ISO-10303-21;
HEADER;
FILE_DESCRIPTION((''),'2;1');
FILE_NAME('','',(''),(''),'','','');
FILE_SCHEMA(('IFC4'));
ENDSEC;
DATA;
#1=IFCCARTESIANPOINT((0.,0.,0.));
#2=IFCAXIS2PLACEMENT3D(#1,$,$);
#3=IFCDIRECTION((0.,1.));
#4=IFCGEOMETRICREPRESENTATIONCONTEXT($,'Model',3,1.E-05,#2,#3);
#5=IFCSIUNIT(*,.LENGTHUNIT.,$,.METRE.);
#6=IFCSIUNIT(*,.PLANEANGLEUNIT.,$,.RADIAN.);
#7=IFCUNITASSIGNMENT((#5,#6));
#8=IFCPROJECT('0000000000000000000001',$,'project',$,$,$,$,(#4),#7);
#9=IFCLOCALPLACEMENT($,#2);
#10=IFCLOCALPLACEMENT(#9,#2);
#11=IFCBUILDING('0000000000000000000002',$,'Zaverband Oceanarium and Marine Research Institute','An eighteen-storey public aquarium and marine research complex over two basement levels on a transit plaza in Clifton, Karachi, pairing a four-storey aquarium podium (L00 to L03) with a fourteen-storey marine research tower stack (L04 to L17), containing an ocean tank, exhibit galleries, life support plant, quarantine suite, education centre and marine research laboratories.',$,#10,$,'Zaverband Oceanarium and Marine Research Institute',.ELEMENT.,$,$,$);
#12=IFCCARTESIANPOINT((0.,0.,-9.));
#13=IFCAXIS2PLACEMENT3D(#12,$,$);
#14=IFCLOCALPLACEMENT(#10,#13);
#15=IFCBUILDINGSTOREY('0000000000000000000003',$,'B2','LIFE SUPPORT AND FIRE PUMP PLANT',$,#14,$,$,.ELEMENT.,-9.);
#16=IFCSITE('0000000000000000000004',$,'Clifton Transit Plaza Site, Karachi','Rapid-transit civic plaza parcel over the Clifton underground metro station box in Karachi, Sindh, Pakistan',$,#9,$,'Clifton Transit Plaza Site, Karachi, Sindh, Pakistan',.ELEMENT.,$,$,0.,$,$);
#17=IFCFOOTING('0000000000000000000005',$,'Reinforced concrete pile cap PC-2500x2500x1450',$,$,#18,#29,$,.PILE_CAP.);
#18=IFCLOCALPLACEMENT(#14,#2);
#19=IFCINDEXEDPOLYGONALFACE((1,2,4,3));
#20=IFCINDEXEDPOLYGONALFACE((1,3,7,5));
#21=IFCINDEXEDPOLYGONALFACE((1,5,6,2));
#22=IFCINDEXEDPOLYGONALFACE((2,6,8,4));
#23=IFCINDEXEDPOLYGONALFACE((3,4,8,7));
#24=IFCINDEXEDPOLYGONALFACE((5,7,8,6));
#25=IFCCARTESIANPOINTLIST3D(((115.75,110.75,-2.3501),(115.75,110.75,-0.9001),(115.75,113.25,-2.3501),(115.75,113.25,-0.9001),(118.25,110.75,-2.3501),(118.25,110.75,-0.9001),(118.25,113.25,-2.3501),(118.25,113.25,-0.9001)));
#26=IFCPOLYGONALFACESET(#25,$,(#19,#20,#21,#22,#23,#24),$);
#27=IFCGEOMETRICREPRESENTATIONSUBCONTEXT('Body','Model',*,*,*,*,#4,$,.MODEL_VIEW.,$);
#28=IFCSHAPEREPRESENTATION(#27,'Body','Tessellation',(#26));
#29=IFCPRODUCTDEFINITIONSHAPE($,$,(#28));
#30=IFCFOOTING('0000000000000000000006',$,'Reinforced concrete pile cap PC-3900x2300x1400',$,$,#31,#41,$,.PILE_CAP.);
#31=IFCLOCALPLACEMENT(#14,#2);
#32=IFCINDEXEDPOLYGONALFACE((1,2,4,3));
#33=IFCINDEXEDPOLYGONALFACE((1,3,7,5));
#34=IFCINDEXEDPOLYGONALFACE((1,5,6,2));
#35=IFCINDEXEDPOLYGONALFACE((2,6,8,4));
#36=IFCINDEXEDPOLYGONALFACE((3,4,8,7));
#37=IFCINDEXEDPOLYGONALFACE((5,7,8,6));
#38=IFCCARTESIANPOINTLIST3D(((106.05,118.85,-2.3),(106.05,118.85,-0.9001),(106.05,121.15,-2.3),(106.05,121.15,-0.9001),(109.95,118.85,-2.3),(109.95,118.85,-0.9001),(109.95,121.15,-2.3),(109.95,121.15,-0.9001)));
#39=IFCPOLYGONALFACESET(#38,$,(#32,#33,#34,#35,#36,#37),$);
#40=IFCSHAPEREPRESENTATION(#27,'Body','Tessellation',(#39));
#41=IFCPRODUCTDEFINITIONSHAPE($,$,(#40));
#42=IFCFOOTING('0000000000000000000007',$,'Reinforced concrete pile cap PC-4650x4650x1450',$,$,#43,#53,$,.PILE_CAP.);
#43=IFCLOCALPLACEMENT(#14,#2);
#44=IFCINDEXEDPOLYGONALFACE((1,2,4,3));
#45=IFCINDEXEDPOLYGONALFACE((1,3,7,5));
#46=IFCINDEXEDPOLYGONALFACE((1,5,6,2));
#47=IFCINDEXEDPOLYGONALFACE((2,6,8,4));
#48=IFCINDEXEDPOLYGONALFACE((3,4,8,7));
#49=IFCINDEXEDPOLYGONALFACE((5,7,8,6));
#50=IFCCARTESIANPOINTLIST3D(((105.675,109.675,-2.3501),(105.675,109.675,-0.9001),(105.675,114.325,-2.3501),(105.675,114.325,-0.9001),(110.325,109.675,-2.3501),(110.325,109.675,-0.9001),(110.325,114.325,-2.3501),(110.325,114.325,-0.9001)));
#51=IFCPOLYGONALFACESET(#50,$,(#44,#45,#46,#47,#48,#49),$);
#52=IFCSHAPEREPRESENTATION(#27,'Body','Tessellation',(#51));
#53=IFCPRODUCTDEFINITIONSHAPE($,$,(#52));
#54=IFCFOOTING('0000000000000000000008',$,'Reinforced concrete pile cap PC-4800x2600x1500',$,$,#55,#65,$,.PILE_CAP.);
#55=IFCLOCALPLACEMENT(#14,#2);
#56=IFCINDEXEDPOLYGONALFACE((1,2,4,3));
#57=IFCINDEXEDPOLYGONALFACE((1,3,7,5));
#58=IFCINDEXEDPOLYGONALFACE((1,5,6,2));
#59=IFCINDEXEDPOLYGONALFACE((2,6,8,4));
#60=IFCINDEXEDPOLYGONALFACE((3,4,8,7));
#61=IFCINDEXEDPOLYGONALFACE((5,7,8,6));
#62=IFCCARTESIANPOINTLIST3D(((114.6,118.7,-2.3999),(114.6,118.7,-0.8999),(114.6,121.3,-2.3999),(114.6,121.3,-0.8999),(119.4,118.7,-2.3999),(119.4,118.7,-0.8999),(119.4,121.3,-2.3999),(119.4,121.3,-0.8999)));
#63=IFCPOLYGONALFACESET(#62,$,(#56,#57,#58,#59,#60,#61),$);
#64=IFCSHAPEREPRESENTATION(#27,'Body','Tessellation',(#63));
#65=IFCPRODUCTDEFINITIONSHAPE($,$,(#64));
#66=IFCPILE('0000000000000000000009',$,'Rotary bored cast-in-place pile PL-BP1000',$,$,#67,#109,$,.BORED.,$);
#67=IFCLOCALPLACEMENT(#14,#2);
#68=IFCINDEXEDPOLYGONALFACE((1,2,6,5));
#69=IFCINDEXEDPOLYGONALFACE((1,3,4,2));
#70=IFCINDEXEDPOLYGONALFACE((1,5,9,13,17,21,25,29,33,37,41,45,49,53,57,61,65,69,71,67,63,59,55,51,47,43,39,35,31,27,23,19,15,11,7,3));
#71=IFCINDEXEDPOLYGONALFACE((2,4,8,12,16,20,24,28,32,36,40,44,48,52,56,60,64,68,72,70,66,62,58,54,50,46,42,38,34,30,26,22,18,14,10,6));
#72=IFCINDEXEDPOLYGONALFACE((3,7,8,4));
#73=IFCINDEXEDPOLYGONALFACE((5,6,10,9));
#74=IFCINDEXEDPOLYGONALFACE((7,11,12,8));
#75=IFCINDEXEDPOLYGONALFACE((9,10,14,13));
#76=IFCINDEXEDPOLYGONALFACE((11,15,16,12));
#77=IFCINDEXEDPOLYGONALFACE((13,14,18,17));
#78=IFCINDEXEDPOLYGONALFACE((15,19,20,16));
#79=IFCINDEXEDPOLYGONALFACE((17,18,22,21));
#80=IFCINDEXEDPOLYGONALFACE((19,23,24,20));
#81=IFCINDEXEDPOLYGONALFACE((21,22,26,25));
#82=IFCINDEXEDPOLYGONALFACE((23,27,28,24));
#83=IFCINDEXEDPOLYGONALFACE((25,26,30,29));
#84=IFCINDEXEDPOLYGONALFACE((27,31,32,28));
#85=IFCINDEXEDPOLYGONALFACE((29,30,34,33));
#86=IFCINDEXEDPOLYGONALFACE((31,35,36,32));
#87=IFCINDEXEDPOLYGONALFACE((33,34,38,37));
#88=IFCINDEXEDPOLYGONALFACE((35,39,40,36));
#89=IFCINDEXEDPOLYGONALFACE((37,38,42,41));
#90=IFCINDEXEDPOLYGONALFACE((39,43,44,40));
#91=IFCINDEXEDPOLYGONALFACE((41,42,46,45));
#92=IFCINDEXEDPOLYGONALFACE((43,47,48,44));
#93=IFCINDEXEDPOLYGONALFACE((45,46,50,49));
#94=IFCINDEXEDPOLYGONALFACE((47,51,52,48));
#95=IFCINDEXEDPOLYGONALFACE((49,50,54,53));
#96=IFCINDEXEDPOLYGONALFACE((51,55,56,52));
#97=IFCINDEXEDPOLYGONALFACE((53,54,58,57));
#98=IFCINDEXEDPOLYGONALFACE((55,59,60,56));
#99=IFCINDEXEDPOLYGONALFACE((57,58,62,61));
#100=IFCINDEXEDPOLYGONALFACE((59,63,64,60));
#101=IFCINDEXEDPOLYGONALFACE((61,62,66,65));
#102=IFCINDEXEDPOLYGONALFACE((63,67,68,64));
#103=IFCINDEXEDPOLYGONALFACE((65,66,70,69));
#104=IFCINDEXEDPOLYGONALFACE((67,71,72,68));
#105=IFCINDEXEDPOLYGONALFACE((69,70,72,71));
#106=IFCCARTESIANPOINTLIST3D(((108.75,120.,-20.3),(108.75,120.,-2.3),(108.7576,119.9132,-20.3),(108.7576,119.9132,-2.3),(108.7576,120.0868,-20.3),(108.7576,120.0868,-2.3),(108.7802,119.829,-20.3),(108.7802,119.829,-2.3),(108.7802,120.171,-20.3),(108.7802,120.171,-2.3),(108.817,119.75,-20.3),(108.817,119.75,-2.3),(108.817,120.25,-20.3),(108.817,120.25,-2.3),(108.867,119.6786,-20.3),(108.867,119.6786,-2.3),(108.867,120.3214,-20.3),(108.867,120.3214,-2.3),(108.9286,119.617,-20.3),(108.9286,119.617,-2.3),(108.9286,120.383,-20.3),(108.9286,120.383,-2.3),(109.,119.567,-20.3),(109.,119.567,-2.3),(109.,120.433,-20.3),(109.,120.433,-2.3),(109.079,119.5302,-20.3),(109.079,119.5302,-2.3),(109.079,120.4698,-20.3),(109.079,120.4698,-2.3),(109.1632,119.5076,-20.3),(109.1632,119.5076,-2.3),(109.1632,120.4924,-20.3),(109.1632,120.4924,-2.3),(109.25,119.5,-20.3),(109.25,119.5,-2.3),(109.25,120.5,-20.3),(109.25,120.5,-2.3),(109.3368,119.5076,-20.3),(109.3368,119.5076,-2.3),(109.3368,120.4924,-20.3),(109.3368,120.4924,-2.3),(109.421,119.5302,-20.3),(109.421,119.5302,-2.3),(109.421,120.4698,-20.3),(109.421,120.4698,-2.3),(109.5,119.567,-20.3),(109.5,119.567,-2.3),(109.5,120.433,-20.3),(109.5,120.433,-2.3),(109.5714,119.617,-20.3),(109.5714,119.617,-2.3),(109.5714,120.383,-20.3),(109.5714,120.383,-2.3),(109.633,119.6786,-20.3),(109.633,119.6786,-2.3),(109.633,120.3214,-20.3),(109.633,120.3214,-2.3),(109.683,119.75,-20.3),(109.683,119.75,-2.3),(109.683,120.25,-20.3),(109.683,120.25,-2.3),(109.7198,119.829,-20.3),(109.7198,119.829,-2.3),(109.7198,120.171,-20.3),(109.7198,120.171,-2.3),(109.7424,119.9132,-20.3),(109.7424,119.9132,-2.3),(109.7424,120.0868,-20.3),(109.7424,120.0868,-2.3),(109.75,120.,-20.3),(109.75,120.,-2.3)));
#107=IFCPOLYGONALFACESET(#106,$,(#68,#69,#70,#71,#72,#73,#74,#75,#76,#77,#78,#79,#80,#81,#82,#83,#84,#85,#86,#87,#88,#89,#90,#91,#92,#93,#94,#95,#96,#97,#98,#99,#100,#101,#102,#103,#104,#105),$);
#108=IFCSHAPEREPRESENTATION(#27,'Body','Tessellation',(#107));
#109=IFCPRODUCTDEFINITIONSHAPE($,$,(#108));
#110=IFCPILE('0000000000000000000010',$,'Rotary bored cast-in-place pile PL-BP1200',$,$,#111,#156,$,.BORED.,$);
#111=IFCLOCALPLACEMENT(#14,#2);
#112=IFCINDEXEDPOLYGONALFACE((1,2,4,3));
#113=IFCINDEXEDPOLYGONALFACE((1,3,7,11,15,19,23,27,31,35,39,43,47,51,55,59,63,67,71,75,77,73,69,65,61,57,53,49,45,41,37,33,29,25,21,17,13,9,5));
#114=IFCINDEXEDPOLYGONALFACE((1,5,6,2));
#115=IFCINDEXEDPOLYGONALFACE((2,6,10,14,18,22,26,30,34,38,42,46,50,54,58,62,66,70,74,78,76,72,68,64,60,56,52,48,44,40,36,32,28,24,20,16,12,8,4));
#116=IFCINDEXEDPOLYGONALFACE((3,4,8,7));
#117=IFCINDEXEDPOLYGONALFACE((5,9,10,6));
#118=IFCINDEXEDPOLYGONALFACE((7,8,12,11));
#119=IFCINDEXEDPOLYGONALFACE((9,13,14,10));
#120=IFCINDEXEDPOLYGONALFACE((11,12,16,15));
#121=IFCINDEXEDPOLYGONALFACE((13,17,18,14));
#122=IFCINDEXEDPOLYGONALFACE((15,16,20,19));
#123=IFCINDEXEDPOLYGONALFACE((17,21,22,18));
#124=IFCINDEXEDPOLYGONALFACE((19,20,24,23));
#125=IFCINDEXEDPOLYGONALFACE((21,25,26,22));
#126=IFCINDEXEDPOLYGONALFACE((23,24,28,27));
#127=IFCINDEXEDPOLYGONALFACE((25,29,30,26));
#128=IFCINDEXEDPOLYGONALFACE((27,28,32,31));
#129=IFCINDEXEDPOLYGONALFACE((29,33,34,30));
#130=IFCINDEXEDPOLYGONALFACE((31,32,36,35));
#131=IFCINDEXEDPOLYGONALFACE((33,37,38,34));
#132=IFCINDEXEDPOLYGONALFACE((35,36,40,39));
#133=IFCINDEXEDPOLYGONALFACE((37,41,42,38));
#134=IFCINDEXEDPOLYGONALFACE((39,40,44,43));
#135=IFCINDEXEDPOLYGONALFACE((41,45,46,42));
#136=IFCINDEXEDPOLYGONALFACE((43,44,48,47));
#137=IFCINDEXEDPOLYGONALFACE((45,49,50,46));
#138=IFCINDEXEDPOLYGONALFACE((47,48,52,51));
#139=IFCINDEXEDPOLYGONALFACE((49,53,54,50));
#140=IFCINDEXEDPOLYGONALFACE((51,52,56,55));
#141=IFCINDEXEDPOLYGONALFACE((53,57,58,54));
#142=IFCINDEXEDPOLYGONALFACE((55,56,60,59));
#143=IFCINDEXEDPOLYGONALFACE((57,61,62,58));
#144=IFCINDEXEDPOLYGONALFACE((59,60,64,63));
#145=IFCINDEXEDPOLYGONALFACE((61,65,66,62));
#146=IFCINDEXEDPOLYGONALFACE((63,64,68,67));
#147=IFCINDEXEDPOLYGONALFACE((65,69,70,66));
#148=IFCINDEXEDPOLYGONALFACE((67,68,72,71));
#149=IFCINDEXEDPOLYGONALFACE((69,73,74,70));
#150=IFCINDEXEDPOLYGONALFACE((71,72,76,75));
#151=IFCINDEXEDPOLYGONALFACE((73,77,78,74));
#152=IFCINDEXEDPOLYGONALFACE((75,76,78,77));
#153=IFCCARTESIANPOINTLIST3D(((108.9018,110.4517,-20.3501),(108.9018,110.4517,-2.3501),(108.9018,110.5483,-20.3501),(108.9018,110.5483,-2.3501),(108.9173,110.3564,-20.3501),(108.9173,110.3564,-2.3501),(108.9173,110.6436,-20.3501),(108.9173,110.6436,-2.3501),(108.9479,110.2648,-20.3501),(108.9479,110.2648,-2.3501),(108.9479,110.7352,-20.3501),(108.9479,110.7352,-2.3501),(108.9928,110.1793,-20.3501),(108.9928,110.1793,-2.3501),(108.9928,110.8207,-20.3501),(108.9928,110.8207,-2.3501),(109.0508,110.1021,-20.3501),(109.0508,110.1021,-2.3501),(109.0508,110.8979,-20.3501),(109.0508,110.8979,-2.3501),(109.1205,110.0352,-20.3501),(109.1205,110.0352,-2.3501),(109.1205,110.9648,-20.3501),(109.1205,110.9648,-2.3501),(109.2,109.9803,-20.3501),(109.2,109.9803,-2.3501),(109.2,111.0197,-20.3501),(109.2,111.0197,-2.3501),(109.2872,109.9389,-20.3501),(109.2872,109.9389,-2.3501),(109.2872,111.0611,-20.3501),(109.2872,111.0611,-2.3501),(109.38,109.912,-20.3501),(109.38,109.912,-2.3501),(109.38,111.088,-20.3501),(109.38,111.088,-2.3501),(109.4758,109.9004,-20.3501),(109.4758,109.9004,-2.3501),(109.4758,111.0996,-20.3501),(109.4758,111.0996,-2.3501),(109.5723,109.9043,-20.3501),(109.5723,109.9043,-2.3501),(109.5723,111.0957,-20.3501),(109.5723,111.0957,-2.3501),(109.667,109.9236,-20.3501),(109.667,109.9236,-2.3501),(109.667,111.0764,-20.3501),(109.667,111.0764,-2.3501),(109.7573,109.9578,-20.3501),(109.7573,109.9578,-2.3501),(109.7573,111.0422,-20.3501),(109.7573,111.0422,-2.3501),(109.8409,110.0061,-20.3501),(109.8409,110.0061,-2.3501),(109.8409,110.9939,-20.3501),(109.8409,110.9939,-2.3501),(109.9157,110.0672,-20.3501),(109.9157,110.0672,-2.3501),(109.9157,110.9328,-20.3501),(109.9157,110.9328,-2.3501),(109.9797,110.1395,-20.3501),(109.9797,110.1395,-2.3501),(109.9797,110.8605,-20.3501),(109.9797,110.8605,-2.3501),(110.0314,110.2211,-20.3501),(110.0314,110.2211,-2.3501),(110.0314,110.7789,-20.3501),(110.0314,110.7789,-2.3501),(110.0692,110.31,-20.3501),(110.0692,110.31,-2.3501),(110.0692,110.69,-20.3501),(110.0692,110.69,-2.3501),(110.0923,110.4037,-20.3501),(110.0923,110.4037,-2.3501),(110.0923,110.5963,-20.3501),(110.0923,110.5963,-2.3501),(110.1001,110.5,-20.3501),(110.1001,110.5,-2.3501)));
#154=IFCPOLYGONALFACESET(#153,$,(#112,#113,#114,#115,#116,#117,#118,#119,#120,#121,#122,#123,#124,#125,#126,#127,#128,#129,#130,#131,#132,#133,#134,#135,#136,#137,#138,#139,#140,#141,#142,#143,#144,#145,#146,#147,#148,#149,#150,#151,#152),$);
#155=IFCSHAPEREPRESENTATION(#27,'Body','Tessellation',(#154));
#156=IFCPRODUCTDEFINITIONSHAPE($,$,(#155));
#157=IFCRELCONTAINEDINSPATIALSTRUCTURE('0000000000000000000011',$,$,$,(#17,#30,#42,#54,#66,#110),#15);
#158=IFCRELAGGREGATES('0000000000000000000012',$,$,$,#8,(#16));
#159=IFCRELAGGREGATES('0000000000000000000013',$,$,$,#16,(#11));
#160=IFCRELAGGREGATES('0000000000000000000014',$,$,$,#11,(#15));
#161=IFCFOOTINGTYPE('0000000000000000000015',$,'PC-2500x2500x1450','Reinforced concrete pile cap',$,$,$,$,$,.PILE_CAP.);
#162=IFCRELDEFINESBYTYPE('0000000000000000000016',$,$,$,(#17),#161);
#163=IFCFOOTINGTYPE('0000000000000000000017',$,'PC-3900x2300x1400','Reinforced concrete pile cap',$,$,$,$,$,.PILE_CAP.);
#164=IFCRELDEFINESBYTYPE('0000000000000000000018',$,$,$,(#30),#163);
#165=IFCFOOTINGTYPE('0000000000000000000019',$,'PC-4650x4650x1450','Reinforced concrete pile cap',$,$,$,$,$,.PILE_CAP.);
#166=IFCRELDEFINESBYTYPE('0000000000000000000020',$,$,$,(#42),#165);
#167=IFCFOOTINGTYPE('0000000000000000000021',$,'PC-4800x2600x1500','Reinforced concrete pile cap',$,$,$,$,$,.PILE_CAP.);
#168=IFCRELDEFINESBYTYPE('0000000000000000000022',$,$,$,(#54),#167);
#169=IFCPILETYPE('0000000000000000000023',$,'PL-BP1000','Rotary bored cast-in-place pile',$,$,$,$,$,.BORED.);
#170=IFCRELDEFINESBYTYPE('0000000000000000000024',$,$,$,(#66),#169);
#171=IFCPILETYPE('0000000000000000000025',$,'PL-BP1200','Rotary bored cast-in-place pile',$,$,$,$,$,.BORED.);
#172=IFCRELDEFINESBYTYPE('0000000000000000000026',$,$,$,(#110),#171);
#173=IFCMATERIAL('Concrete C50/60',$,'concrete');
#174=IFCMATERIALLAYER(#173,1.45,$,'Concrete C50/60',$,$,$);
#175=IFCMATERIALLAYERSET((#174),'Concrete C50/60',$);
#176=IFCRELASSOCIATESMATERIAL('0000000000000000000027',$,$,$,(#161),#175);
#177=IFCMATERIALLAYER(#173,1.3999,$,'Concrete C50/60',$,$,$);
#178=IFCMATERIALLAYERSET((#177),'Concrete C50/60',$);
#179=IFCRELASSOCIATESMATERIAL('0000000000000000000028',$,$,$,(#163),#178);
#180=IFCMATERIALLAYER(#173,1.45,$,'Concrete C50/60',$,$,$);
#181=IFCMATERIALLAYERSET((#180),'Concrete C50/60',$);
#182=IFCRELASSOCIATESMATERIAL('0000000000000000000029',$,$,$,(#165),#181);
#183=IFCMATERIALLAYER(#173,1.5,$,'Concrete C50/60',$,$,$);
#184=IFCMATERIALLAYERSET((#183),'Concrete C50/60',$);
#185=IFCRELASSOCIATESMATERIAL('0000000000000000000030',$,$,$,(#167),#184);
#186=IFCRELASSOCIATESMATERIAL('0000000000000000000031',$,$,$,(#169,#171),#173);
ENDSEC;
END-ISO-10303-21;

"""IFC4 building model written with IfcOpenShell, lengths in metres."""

from ifc_helpers import new_model, si_unit, direction, frame, origin, origin_2d, place, context, subcontext, project, spatial, rectangle, circle, extrude, material, layer, layer_set, material_profile, profile_set, type_object, element, save


model = new_model("IFC4")

# Units and contexts
model_context = context("Model", 3, precision=1e-05, world=origin(), true_north=direction((0.0, 1.0)))
body_context = subcontext(model_context, "Body", "Model", "MODEL_VIEW")
ifc_project = project(units=[si_unit("LENGTHUNIT", "METRE"), si_unit("PLANEANGLEUNIT", "RADIAN")], contexts=[model_context])

# Site, building, storey
site_placement = place(None, origin())
site = spatial("IfcSite", under=ifc_project, at=site_placement, Name="Clifton Transit Plaza Site, Karachi", Description="Rapid-transit civic plaza parcel over the Clifton underground metro station box in Karachi, Sindh, Pakistan", LongName="Clifton Transit Plaza Site, Karachi, Sindh, Pakistan", CompositionType="ELEMENT", RefElevation=0.0)
building_placement = place(site_placement, origin())
building = spatial("IfcBuilding", under=site, at=building_placement, Name="Zaverband Oceanarium and Marine Research Institute", Description="An eighteen-storey public aquarium and marine research complex over two basement levels on a transit plaza in Clifton, Karachi, pairing a four-storey aquarium podium (L00 to L03) with a fourteen-storey marine research tower stack (L04 to L17), containing an ocean tank, exhibit galleries, life support plant, quarantine suite, education centre and marine research laboratories.", LongName="Zaverband Oceanarium and Marine Research Institute", CompositionType="ELEMENT")
storey_placement = place(building_placement, frame((0.0, 0.0, -9.0)))
storey = spatial("IfcBuildingStorey", under=building, at=storey_placement, Name="B2", Description="LIFE SUPPORT AND FIRE PUMP PLANT", CompositionType="ELEMENT", Elevation=-9.0)

# Footings
ifc_material_1 = material(Name="Concrete C50/60", Category="concrete")
ifc_layer_1 = layer(ifc_material_1, 1.45, Name="Concrete C50/60")
ifc_layer_set_1 = layer_set([ifc_layer_1], Name="Concrete C50/60")
footing_type_1 = type_object("IfcFootingType", Name="PC-2500x2500x1450", Description="Reinforced concrete pile cap", PredefinedType="PILE_CAP", material=ifc_layer_set_1)
footing_1_placement = place(storey_placement, frame((117.0, 112.0, -2.3501), z_axis=(0.0, 0.0, 1.0), x_axis=(1.0, 0.0, 0.0)))
element("IfcFooting", 1, at=footing_1_placement, inside=storey, type_object=footing_type_1, Name="Reinforced concrete pile cap PC-2500x2500x1450", PredefinedType="PILE_CAP", context=body_context, shape_type="SweptSolid", body=[
    extrude(rectangle(XDim=2.5, YDim=2.5, at=origin_2d()), origin(), (0.0, 0.0, 1.0), 1.45),
])
ifc_layer_2 = layer(ifc_material_1, 1.3999, Name="Concrete C50/60")
ifc_layer_set_2 = layer_set([ifc_layer_2], Name="Concrete C50/60")
footing_type_2 = type_object("IfcFootingType", Name="PC-3900x2300x1400", Description="Reinforced concrete pile cap", PredefinedType="PILE_CAP", material=ifc_layer_set_2)
footing_2_placement = place(storey_placement, frame((108.0, 120.0, -2.3), z_axis=(0.0, 0.0, 1.0), x_axis=(1.0, 0.0, 0.0)))
element("IfcFooting", 2, at=footing_2_placement, inside=storey, type_object=footing_type_2, Name="Reinforced concrete pile cap PC-3900x2300x1400", PredefinedType="PILE_CAP", context=body_context, shape_type="SweptSolid", body=[
    extrude(rectangle(XDim=3.8999, YDim=2.3, at=origin_2d()), origin(), (0.0, 0.0, 1.0), 1.3999),
])
ifc_layer_3 = layer(ifc_material_1, 1.45, Name="Concrete C50/60")
ifc_layer_set_3 = layer_set([ifc_layer_3], Name="Concrete C50/60")
footing_type_3 = type_object("IfcFootingType", Name="PC-4650x4650x1450", Description="Reinforced concrete pile cap", PredefinedType="PILE_CAP", material=ifc_layer_set_3)
footing_3_placement = place(storey_placement, frame((108.0, 112.0, -2.3501), z_axis=(0.0, 0.0, 1.0), x_axis=(1.0, 0.0, 0.0)))
element("IfcFooting", 3, at=footing_3_placement, inside=storey, type_object=footing_type_3, Name="Reinforced concrete pile cap PC-4650x4650x1450", PredefinedType="PILE_CAP", context=body_context, shape_type="SweptSolid", body=[
    extrude(rectangle(XDim=4.6499, YDim=4.6499, at=origin_2d()), origin(), (0.0, 0.0, 1.0), 1.45),
])
ifc_layer_4 = layer(ifc_material_1, 1.5, Name="Concrete C50/60")
ifc_layer_set_4 = layer_set([ifc_layer_4], Name="Concrete C50/60")
footing_type_4 = type_object("IfcFootingType", Name="PC-4800x2600x1500", Description="Reinforced concrete pile cap", PredefinedType="PILE_CAP", material=ifc_layer_set_4)
footing_4_placement = place(storey_placement, frame((117.0, 120.0, -2.3999), z_axis=(0.0, 0.0, 1.0), x_axis=(1.0, 0.0, 0.0)))
element("IfcFooting", 4, at=footing_4_placement, inside=storey, type_object=footing_type_4, Name="Reinforced concrete pile cap PC-4800x2600x1500", PredefinedType="PILE_CAP", context=body_context, shape_type="SweptSolid", body=[
    extrude(rectangle(XDim=4.8, YDim=2.6001, at=origin_2d()), origin(), (0.0, 0.0, 1.0), 1.5),
])

# Piles
ifc_material_profile_1 = material_profile(ifc_material_1, circle(Radius=0.5, at=origin_2d()), Name="BP1000")
ifc_profile_set_1 = profile_set([ifc_material_profile_1], Name="Concrete C50/60")
pile_type_1 = type_object("IfcPileType", Name="PL-BP1000", Description="Rotary bored cast-in-place pile", PredefinedType="BORED", material=ifc_profile_set_1)
pile_placement = place(storey_placement, frame((109.25, 120.0, -2.3), z_axis=(0.0, 0.0, -1.0), x_axis=(1.0, 0.0, 0.0)))
element("IfcPile", 5, at=pile_placement, inside=storey, type_object=pile_type_1, Name="Rotary bored cast-in-place pile PL-BP1000", PredefinedType="BORED", context=body_context, shape_type="SweptSolid", body=[
    extrude(circle(Radius=0.5, at=origin_2d()), origin(), (0.0, 0.0, 1.0), 18.0),
])
ifc_material_profile_2 = material_profile(ifc_material_1, circle(Radius=0.6001, at=origin_2d()), Name="BP1200")
ifc_profile_set_2 = profile_set([ifc_material_profile_2], Name="Concrete C50/60")
pile_type_2 = type_object("IfcPileType", Name="PL-BP1200", Description="Rotary bored cast-in-place pile", PredefinedType="BORED", material=ifc_profile_set_2)
for number, where, z_axis, x_axis, name in (
    (6, (109.5, 110.5, -2.3501), (0.0, 0.0, -1.0), (1.0, 0.0, 0.0), "Rotary bored cast-in-place pile PL-BP1200"),
):
    element("IfcPile", number, at=place(storey_placement, frame(where, z_axis=z_axis, x_axis=x_axis)), inside=storey, type_object=pile_type_2, Name=name, PredefinedType="BORED", context=body_context, shape_type="SweptSolid", body=[
        extrude(circle(Radius=0.6001, at=origin_2d()), origin(), (0.0, 0.0, 1.0), 18.0),
    ])

save(model, "model.ifc")
